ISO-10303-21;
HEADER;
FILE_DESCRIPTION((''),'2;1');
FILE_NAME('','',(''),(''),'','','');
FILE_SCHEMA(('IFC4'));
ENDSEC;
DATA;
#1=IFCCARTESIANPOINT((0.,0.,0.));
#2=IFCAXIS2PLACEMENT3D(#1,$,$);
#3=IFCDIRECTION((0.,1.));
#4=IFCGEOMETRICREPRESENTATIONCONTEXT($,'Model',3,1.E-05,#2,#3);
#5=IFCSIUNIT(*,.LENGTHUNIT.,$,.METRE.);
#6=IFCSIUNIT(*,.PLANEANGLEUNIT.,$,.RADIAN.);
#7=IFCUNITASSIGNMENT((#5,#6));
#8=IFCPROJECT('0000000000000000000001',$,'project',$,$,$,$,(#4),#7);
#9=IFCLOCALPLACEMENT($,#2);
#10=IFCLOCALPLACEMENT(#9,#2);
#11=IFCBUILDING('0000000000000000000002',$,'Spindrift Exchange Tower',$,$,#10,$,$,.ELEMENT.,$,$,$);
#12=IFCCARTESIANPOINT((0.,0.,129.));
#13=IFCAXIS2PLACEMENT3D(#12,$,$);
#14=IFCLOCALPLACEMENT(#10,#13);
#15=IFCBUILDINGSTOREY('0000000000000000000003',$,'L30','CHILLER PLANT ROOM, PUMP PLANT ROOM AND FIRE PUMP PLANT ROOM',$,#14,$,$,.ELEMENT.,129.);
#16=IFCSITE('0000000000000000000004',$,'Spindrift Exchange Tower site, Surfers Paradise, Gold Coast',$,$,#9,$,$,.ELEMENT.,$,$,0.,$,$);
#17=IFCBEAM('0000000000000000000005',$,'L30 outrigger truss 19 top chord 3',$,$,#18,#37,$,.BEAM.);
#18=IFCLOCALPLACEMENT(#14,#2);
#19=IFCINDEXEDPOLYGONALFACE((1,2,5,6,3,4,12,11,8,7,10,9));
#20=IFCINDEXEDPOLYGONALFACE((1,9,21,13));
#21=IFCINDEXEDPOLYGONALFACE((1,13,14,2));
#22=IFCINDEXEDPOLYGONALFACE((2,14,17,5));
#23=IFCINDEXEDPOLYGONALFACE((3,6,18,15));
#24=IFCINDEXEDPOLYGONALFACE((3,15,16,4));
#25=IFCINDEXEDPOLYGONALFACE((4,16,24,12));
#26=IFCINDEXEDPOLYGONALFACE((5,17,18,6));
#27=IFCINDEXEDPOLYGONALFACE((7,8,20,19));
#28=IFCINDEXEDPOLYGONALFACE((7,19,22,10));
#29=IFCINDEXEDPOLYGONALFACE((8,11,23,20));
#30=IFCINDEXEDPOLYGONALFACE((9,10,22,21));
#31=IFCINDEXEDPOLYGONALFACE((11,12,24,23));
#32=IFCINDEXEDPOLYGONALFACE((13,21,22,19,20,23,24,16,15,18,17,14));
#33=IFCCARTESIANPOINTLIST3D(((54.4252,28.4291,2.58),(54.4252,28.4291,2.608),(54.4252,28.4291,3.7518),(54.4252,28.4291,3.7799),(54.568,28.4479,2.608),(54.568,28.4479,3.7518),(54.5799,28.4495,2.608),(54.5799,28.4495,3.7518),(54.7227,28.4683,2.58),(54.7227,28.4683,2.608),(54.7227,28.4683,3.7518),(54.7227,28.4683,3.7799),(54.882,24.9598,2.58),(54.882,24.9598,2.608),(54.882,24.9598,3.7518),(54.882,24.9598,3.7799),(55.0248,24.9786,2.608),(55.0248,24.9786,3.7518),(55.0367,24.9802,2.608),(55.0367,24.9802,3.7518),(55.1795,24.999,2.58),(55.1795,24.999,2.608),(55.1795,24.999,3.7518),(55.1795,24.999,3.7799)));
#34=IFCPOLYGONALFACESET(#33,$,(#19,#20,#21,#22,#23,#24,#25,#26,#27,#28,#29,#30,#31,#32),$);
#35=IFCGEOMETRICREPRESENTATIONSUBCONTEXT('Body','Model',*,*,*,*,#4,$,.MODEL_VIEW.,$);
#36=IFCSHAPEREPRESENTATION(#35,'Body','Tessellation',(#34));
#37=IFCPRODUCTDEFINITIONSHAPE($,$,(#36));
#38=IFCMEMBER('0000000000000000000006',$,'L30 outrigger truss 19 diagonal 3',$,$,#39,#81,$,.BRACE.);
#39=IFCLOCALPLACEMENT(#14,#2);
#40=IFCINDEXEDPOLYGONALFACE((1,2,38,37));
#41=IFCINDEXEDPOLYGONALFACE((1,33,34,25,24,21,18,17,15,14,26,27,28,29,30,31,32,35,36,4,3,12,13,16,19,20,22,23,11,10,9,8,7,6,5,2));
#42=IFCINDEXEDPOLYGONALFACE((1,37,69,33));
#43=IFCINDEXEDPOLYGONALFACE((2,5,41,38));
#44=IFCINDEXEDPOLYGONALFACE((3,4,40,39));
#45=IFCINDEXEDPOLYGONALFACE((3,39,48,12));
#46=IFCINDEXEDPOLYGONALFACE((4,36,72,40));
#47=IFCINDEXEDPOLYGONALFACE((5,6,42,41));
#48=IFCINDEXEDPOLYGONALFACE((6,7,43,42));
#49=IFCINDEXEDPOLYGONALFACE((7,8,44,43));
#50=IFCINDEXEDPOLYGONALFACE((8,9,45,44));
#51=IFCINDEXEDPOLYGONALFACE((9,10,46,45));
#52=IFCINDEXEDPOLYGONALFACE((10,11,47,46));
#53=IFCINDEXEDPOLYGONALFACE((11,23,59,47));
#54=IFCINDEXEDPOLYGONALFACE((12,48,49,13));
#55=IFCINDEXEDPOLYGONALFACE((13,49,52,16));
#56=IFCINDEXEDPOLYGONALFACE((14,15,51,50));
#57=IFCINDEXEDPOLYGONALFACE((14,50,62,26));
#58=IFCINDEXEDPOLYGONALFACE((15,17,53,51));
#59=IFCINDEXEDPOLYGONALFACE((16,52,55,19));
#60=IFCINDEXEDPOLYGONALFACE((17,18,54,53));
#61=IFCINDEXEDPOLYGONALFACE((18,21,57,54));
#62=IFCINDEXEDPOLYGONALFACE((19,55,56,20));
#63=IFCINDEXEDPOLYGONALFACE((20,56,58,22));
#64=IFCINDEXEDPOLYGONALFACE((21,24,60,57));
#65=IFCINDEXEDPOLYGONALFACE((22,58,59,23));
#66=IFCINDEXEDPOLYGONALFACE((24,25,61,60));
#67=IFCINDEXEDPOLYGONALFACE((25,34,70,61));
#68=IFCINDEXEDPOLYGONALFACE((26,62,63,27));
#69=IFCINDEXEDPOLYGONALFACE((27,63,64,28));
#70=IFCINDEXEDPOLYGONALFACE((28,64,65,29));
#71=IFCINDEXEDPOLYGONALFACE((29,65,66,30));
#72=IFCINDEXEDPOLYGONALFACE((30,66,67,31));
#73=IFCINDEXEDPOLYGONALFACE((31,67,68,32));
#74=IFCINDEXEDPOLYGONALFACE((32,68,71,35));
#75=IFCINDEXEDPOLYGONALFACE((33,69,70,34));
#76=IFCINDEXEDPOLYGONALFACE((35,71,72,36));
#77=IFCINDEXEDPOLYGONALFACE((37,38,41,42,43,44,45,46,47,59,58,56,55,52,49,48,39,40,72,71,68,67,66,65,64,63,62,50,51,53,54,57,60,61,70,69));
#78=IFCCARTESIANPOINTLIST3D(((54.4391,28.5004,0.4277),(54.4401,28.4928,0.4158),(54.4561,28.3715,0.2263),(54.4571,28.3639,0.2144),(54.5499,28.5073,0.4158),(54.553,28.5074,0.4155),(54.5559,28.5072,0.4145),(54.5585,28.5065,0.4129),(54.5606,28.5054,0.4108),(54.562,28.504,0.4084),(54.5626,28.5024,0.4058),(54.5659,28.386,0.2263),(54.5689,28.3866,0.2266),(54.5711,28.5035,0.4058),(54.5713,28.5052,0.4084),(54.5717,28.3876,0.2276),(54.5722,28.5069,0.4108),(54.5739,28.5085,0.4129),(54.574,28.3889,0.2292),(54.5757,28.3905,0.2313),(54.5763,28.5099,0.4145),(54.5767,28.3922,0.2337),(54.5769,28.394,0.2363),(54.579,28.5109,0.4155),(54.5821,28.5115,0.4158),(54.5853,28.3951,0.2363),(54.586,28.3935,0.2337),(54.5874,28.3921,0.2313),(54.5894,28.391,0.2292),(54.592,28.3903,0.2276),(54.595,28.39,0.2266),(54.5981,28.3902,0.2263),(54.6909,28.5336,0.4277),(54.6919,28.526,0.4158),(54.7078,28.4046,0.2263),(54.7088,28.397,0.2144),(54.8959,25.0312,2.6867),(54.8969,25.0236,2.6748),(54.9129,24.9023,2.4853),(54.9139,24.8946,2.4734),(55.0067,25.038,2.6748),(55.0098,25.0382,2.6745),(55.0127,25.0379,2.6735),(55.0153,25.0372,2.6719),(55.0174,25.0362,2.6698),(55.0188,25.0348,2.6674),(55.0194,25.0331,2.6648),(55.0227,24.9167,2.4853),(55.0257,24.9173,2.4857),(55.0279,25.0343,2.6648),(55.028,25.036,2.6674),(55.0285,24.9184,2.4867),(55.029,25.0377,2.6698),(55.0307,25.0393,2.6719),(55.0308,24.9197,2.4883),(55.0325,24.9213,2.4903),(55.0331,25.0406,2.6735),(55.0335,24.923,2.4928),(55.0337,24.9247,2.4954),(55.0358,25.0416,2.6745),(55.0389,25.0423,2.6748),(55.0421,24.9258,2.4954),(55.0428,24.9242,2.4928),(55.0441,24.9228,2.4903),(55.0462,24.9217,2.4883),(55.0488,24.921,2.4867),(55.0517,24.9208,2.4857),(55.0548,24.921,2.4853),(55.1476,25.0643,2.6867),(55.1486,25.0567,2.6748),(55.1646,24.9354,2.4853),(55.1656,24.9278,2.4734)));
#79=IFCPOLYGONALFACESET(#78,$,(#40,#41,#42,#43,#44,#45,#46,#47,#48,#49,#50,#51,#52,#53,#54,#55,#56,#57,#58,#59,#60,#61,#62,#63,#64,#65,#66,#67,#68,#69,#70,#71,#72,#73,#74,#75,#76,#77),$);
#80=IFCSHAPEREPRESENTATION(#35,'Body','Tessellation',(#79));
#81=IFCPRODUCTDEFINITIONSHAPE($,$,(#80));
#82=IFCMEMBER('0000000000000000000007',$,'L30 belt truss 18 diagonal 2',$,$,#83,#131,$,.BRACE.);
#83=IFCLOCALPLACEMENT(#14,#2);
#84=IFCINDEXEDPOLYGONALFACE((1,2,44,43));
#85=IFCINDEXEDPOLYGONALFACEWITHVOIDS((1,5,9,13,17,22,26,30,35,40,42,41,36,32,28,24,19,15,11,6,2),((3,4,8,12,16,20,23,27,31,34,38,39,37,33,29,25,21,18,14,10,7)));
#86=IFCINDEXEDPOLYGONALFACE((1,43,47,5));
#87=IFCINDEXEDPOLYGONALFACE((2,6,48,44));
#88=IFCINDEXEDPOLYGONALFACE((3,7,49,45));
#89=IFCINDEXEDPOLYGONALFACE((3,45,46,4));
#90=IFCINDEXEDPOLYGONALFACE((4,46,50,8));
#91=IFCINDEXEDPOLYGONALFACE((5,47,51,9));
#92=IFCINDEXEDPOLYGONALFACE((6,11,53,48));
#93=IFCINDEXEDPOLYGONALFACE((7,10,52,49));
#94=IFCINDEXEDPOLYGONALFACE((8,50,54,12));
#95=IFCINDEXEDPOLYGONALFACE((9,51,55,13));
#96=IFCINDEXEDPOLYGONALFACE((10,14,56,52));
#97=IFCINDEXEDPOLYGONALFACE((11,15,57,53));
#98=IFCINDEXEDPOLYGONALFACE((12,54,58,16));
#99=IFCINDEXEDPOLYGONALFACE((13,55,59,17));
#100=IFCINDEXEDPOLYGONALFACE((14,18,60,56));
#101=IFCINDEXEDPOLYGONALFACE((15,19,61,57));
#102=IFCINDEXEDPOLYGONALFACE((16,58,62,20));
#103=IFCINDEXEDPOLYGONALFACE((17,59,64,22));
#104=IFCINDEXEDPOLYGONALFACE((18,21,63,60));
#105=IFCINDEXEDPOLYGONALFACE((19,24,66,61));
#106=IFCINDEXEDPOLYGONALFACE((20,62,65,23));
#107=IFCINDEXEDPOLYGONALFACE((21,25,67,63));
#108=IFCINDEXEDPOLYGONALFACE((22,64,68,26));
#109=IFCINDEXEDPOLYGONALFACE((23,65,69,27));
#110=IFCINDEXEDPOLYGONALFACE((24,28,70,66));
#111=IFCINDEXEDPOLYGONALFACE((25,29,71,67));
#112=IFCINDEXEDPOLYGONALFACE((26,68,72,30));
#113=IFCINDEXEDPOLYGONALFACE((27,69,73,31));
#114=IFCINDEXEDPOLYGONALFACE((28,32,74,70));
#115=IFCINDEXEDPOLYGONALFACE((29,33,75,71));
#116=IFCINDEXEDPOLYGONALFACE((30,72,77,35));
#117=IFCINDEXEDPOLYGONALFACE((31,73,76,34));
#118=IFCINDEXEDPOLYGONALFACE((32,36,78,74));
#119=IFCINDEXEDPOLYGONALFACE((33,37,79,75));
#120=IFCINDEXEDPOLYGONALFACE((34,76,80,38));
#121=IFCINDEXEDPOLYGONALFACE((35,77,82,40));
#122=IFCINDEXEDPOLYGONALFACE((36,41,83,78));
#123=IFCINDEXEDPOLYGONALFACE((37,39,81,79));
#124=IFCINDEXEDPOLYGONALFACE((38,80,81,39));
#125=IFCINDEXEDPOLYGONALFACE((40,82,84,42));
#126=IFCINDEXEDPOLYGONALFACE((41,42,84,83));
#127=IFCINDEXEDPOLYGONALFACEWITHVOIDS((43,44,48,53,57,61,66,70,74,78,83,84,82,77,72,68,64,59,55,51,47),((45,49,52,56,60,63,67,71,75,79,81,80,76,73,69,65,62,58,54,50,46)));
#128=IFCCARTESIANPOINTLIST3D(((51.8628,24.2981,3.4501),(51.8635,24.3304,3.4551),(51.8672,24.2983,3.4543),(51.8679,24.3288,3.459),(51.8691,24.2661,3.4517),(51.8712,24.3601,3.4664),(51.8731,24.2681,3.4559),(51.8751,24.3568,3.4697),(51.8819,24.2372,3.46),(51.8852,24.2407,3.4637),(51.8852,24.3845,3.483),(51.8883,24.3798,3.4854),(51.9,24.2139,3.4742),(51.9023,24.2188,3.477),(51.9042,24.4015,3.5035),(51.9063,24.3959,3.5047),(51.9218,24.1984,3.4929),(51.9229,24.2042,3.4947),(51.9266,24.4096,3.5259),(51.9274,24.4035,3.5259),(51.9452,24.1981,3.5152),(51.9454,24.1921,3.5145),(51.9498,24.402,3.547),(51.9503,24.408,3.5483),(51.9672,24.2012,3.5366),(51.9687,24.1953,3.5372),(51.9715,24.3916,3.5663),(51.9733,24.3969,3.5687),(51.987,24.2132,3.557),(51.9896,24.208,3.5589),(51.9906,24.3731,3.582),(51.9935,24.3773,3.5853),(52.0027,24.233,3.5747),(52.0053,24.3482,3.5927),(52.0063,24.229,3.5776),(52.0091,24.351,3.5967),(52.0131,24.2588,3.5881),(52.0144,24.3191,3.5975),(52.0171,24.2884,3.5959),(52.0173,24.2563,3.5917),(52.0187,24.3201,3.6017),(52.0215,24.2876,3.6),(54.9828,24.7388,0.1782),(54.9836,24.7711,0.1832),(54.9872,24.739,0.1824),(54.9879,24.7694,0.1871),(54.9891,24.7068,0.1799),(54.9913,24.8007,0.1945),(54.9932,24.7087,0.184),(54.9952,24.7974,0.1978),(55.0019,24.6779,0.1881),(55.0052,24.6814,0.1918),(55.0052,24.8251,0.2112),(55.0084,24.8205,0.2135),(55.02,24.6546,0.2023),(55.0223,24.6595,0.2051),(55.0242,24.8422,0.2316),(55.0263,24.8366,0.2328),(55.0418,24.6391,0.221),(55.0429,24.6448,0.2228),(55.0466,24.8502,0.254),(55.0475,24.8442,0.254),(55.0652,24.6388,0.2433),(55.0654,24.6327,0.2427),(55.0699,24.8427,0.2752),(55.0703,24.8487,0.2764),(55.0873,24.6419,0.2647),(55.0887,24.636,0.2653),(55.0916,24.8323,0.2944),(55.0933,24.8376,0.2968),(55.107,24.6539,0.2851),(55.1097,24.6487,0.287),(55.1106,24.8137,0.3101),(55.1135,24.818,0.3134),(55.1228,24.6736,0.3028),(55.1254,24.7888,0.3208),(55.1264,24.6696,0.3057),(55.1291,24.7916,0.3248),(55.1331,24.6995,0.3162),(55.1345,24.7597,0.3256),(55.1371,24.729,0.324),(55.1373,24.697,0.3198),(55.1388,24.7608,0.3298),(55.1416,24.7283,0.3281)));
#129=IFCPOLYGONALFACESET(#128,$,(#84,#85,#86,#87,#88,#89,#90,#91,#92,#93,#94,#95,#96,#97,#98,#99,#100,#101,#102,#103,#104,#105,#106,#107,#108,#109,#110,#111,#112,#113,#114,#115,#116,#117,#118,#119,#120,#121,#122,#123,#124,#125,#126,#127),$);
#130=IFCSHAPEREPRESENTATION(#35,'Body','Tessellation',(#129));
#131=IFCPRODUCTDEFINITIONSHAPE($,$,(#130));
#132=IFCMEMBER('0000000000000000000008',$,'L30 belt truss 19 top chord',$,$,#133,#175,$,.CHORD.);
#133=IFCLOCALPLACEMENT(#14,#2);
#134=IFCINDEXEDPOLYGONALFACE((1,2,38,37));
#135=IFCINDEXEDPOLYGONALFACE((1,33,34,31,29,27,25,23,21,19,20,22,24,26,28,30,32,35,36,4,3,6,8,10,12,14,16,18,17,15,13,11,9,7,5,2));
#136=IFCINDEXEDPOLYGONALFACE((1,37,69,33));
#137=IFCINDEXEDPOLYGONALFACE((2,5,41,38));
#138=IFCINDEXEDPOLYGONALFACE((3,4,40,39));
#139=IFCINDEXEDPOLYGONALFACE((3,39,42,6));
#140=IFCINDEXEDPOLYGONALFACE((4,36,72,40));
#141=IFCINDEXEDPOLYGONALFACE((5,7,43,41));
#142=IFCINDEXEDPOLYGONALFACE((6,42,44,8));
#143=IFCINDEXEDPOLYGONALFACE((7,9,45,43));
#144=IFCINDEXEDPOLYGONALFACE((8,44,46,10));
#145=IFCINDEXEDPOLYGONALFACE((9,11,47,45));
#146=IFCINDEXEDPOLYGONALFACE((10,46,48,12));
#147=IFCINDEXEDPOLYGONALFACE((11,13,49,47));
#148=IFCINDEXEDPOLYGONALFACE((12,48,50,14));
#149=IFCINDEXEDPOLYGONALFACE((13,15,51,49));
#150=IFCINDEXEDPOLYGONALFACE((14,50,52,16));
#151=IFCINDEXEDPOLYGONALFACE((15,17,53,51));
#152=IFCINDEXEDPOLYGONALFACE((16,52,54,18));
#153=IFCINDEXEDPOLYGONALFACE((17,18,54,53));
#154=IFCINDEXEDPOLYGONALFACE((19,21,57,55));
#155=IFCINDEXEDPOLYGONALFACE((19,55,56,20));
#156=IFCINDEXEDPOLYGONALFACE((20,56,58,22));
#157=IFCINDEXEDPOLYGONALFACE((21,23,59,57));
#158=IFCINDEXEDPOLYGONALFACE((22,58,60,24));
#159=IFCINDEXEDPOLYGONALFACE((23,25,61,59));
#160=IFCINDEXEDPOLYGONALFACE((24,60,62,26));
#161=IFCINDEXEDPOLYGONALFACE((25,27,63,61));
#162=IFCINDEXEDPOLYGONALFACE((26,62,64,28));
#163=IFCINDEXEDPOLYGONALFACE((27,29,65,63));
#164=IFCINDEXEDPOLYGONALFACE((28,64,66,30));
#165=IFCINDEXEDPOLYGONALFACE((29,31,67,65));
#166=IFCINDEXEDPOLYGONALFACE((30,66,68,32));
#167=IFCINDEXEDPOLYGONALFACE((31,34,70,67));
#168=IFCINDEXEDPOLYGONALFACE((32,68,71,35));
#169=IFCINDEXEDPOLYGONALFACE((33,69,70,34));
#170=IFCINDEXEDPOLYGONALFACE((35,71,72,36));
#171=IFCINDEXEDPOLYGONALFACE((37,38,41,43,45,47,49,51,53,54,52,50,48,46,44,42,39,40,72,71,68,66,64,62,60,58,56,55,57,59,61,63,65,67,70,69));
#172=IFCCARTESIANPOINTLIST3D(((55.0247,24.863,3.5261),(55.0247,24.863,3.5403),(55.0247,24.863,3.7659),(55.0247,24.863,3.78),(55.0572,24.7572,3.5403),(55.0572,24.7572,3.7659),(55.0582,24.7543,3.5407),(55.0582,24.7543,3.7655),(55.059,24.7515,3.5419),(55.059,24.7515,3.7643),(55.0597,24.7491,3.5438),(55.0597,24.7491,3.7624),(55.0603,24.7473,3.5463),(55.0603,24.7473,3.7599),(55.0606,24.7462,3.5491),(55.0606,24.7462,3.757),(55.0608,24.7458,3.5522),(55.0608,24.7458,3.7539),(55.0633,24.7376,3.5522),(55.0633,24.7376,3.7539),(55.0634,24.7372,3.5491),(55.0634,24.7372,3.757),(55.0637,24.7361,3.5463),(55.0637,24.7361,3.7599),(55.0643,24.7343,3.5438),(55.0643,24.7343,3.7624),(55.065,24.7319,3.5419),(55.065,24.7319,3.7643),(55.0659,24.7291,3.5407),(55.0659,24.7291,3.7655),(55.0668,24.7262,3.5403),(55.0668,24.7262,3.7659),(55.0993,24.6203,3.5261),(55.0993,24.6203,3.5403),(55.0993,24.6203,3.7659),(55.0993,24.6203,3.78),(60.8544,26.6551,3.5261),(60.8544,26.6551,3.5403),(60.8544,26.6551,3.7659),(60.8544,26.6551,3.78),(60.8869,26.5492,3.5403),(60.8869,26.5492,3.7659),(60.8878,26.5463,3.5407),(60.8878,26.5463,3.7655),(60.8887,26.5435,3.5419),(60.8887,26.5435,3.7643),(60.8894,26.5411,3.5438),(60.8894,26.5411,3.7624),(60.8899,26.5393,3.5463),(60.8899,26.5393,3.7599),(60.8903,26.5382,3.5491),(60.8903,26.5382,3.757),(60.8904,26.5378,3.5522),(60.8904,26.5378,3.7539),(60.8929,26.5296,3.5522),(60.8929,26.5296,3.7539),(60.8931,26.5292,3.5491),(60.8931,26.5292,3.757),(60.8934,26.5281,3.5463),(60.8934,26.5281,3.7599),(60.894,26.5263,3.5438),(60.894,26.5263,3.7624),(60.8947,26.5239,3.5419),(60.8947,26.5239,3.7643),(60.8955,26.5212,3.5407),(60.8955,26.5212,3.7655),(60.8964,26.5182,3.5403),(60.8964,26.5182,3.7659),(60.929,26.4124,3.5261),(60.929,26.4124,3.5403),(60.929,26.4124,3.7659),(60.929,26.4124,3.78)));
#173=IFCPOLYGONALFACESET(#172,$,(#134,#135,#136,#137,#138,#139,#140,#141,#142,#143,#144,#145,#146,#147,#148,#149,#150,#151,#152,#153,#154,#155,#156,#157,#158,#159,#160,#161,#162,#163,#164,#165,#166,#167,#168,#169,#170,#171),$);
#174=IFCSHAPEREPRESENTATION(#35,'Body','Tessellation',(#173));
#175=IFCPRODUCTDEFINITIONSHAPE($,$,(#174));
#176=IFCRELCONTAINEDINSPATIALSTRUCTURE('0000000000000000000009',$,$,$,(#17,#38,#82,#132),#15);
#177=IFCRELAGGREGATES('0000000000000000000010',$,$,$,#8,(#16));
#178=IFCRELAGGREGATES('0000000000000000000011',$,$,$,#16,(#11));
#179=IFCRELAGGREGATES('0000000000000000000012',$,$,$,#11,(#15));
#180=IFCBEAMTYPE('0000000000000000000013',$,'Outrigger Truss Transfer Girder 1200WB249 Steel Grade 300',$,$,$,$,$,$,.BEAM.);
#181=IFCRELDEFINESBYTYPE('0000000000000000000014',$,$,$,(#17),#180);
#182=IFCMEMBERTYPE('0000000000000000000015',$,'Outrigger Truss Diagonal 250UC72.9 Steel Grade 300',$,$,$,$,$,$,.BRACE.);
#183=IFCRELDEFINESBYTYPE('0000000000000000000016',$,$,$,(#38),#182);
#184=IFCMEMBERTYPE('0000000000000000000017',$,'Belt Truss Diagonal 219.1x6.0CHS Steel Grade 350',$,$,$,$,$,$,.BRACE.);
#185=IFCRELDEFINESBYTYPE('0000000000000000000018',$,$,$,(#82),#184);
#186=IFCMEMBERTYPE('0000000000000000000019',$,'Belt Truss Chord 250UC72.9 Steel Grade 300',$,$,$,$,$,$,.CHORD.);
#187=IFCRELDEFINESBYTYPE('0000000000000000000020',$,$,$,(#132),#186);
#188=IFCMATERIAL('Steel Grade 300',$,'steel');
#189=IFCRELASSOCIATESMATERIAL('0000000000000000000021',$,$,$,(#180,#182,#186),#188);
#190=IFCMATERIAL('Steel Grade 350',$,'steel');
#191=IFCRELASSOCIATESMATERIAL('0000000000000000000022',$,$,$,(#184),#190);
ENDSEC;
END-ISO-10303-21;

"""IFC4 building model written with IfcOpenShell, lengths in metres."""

from ifc_helpers import new_model, si_unit, direction, frame, origin, origin_2d, place, context, subcontext, project, spatial, hollow_circle, i_section, extrude, source, transform, mapped, material, material_profile, profile_set, type_object, element, save


model = new_model("IFC4")

# Units and contexts
model_context = context("Model", 3, precision=1e-05, world=origin(), true_north=direction((0.0, 1.0)))
body_context = subcontext(model_context, "Body", "Model", "MODEL_VIEW")
ifc_project = project(units=[si_unit("LENGTHUNIT", "METRE"), si_unit("PLANEANGLEUNIT", "RADIAN")], contexts=[model_context])

# Site, building, storey
site_placement = place(None, origin())
site = spatial("IfcSite", under=ifc_project, at=site_placement, Name="Spindrift Exchange Tower site, Surfers Paradise, Gold Coast", CompositionType="ELEMENT", RefElevation=0.0)
building_placement = place(site_placement, origin())
building = spatial("IfcBuilding", under=site, at=building_placement, Name="Spindrift Exchange Tower", CompositionType="ELEMENT")
storey_placement = place(building_placement, frame((0.0, 0.0, 129.0)))
storey = spatial("IfcBuildingStorey", under=building, at=storey_placement, Name="L30", Description="CHILLER PLANT ROOM, PUMP PLANT ROOM AND FIRE PUMP PLANT ROOM", CompositionType="ELEMENT", Elevation=129.0)

# Shared definitions
ifc_material_1 = material(Name="Steel Grade 300", Category="steel")

# Shared definitions
ifc_material_profile_1 = material_profile(ifc_material_1, i_section(OverallWidth=0.3, OverallDepth=1.2, WebThickness=0.012, FlangeThickness=0.0281, at=origin_2d()), Name="1200WB249")
ifc_profile_set_1 = profile_set([ifc_material_profile_1], Name="Steel Grade 300")
beam_type_1 = type_object("IfcBeamType", Name="Outrigger Truss Transfer Girder 1200WB249 Steel Grade 300", PredefinedType="BEAM", material=ifc_profile_set_1)

# Shared definitions
ifc_material_profile_2 = material_profile(ifc_material_1, i_section(OverallWidth=0.2539, OverallDepth=0.2539, WebThickness=0.0085, FlangeThickness=0.0142, FilletRadius=0.012, at=origin_2d()), Name="250UC72.9")
ifc_profile_set_2 = profile_set([ifc_material_profile_2], Name="Steel Grade 300")
member_type_1 = type_object("IfcMemberType", Name="Outrigger Truss Diagonal 250UC72.9 Steel Grade 300", PredefinedType="BRACE", material=ifc_profile_set_2)

# Beam
shared_shape_1 = source(origin(), body_context, "Body", "SweptSolid", [
    extrude(i_section(OverallWidth=0.3, OverallDepth=1.2, WebThickness=0.012, FlangeThickness=0.0281, at=origin_2d()), origin(), (0.0, 0.0, 1.0), 3.4993),
])
beam_1_placement = place(storey_placement, frame((54.574, 28.4487, 3.1799), z_axis=(0.130541, -0.991443, 0.0), x_axis=(0.991443, 0.130541, 0.0)))
element("IfcBeam", 1, at=beam_1_placement, inside=storey, type_object=beam_type_1, Name="L30 outrigger truss 19 top chord 3", PredefinedType="BEAM", context=body_context, shape_type="MappedRepresentation", body=[
    mapped(shared_shape_1, transform((0.0, 0.0, 0.0), scale=1.0)),
])

# Members
shared_shape_2 = source(origin(), body_context, "Body", "SweptSolid", [
    extrude(i_section(OverallWidth=0.2539, OverallDepth=0.2539, WebThickness=0.0085, FlangeThickness=0.0142, FilletRadius=0.012, at=origin_2d()), origin(), (0.0, 0.0, 1.0), 4.165),
])
member_1_placement = place(storey_placement, frame((54.574, 28.4487, 0.321), z_axis=(0.109672, -0.832944, 0.542381), x_axis=(0.991443, 0.130541, 0.0)))
element("IfcMember", 2, at=member_1_placement, inside=storey, type_object=member_type_1, Name="L30 outrigger truss 19 diagonal 3", PredefinedType="BRACE", context=body_context, shape_type="MappedRepresentation", body=[
    mapped(shared_shape_2, transform((0.0, 0.0, 0.0), scale=1.0)),
])
ifc_material_2 = material(Name="Steel Grade 350", Category="steel")
ifc_material_profile_3 = material_profile(ifc_material_2, hollow_circle(Radius=0.1096, WallThickness=0.0061, at=origin_2d()), Name="219.1x6.0CHS")
ifc_profile_set_3 = profile_set([ifc_material_profile_3], Name="Steel Grade 350")
member_type_2 = type_object("IfcMemberType", Name="Belt Truss Diagonal 219.1x6.0CHS Steel Grade 350", PredefinedType="BRACE", material=ifc_profile_set_3)
shared_shape_3 = source(origin(), body_context, "Body", "SweptSolid", [
    extrude(hollow_circle(Radius=0.1096, WallThickness=0.0061, at=origin_2d()), origin(), (0.0, 0.0, 1.0), 4.5425),
])
member_2_placement = place(storey_placement, frame((51.9419, 24.301, 3.5259), z_axis=(0.686859, 0.097009, -0.720288), x_axis=(-0.139848, 0.990173, 0.0)))
element("IfcMember", 3, at=member_2_placement, inside=storey, type_object=member_type_2, Name="L30 belt truss 18 diagonal 2", PredefinedType="BRACE", context=body_context, shape_type="MappedRepresentation", body=[
    mapped(shared_shape_3, transform((0.0, 0.0, 0.0), scale=1.0)),
])
ifc_material_profile_4 = material_profile(ifc_material_1, i_section(OverallWidth=0.2539, OverallDepth=0.2539, WebThickness=0.0085, FlangeThickness=0.0142, FilletRadius=0.012, at=origin_2d()), Name="250UC72.9")
ifc_profile_set_4 = profile_set([ifc_material_profile_4], Name="Steel Grade 300")
member_type_3 = type_object("IfcMemberType", Name="Belt Truss Chord 250UC72.9 Steel Grade 300", PredefinedType="CHORD", material=ifc_profile_set_4)
shared_shape_4 = source(origin(), body_context, "Body", "SweptSolid", [
    extrude(i_section(OverallWidth=0.2539, OverallDepth=0.2539, WebThickness=0.0085, FlangeThickness=0.0142, FilletRadius=0.012, at=origin_2d()), origin(), (0.0, 0.0, 1.0), 6.0989),
])
for number, where, z_axis, x_axis, name in (
    (4, (55.062, 24.7417, 3.6531), (0.955859, 0.293827, 0.0), (-0.293827, 0.955859, 0.0), "L30 belt truss 19 top chord"),
):
    element("IfcMember", number, at=place(storey_placement, frame(where, z_axis=z_axis, x_axis=x_axis)), inside=storey, type_object=member_type_3, Name=name, PredefinedType="CHORD", context=body_context, shape_type="MappedRepresentation", body=[
        mapped(shared_shape_4, transform((0.0, 0.0, 0.0), scale=1.0)),
    ])

save(model, "model.ifc")
